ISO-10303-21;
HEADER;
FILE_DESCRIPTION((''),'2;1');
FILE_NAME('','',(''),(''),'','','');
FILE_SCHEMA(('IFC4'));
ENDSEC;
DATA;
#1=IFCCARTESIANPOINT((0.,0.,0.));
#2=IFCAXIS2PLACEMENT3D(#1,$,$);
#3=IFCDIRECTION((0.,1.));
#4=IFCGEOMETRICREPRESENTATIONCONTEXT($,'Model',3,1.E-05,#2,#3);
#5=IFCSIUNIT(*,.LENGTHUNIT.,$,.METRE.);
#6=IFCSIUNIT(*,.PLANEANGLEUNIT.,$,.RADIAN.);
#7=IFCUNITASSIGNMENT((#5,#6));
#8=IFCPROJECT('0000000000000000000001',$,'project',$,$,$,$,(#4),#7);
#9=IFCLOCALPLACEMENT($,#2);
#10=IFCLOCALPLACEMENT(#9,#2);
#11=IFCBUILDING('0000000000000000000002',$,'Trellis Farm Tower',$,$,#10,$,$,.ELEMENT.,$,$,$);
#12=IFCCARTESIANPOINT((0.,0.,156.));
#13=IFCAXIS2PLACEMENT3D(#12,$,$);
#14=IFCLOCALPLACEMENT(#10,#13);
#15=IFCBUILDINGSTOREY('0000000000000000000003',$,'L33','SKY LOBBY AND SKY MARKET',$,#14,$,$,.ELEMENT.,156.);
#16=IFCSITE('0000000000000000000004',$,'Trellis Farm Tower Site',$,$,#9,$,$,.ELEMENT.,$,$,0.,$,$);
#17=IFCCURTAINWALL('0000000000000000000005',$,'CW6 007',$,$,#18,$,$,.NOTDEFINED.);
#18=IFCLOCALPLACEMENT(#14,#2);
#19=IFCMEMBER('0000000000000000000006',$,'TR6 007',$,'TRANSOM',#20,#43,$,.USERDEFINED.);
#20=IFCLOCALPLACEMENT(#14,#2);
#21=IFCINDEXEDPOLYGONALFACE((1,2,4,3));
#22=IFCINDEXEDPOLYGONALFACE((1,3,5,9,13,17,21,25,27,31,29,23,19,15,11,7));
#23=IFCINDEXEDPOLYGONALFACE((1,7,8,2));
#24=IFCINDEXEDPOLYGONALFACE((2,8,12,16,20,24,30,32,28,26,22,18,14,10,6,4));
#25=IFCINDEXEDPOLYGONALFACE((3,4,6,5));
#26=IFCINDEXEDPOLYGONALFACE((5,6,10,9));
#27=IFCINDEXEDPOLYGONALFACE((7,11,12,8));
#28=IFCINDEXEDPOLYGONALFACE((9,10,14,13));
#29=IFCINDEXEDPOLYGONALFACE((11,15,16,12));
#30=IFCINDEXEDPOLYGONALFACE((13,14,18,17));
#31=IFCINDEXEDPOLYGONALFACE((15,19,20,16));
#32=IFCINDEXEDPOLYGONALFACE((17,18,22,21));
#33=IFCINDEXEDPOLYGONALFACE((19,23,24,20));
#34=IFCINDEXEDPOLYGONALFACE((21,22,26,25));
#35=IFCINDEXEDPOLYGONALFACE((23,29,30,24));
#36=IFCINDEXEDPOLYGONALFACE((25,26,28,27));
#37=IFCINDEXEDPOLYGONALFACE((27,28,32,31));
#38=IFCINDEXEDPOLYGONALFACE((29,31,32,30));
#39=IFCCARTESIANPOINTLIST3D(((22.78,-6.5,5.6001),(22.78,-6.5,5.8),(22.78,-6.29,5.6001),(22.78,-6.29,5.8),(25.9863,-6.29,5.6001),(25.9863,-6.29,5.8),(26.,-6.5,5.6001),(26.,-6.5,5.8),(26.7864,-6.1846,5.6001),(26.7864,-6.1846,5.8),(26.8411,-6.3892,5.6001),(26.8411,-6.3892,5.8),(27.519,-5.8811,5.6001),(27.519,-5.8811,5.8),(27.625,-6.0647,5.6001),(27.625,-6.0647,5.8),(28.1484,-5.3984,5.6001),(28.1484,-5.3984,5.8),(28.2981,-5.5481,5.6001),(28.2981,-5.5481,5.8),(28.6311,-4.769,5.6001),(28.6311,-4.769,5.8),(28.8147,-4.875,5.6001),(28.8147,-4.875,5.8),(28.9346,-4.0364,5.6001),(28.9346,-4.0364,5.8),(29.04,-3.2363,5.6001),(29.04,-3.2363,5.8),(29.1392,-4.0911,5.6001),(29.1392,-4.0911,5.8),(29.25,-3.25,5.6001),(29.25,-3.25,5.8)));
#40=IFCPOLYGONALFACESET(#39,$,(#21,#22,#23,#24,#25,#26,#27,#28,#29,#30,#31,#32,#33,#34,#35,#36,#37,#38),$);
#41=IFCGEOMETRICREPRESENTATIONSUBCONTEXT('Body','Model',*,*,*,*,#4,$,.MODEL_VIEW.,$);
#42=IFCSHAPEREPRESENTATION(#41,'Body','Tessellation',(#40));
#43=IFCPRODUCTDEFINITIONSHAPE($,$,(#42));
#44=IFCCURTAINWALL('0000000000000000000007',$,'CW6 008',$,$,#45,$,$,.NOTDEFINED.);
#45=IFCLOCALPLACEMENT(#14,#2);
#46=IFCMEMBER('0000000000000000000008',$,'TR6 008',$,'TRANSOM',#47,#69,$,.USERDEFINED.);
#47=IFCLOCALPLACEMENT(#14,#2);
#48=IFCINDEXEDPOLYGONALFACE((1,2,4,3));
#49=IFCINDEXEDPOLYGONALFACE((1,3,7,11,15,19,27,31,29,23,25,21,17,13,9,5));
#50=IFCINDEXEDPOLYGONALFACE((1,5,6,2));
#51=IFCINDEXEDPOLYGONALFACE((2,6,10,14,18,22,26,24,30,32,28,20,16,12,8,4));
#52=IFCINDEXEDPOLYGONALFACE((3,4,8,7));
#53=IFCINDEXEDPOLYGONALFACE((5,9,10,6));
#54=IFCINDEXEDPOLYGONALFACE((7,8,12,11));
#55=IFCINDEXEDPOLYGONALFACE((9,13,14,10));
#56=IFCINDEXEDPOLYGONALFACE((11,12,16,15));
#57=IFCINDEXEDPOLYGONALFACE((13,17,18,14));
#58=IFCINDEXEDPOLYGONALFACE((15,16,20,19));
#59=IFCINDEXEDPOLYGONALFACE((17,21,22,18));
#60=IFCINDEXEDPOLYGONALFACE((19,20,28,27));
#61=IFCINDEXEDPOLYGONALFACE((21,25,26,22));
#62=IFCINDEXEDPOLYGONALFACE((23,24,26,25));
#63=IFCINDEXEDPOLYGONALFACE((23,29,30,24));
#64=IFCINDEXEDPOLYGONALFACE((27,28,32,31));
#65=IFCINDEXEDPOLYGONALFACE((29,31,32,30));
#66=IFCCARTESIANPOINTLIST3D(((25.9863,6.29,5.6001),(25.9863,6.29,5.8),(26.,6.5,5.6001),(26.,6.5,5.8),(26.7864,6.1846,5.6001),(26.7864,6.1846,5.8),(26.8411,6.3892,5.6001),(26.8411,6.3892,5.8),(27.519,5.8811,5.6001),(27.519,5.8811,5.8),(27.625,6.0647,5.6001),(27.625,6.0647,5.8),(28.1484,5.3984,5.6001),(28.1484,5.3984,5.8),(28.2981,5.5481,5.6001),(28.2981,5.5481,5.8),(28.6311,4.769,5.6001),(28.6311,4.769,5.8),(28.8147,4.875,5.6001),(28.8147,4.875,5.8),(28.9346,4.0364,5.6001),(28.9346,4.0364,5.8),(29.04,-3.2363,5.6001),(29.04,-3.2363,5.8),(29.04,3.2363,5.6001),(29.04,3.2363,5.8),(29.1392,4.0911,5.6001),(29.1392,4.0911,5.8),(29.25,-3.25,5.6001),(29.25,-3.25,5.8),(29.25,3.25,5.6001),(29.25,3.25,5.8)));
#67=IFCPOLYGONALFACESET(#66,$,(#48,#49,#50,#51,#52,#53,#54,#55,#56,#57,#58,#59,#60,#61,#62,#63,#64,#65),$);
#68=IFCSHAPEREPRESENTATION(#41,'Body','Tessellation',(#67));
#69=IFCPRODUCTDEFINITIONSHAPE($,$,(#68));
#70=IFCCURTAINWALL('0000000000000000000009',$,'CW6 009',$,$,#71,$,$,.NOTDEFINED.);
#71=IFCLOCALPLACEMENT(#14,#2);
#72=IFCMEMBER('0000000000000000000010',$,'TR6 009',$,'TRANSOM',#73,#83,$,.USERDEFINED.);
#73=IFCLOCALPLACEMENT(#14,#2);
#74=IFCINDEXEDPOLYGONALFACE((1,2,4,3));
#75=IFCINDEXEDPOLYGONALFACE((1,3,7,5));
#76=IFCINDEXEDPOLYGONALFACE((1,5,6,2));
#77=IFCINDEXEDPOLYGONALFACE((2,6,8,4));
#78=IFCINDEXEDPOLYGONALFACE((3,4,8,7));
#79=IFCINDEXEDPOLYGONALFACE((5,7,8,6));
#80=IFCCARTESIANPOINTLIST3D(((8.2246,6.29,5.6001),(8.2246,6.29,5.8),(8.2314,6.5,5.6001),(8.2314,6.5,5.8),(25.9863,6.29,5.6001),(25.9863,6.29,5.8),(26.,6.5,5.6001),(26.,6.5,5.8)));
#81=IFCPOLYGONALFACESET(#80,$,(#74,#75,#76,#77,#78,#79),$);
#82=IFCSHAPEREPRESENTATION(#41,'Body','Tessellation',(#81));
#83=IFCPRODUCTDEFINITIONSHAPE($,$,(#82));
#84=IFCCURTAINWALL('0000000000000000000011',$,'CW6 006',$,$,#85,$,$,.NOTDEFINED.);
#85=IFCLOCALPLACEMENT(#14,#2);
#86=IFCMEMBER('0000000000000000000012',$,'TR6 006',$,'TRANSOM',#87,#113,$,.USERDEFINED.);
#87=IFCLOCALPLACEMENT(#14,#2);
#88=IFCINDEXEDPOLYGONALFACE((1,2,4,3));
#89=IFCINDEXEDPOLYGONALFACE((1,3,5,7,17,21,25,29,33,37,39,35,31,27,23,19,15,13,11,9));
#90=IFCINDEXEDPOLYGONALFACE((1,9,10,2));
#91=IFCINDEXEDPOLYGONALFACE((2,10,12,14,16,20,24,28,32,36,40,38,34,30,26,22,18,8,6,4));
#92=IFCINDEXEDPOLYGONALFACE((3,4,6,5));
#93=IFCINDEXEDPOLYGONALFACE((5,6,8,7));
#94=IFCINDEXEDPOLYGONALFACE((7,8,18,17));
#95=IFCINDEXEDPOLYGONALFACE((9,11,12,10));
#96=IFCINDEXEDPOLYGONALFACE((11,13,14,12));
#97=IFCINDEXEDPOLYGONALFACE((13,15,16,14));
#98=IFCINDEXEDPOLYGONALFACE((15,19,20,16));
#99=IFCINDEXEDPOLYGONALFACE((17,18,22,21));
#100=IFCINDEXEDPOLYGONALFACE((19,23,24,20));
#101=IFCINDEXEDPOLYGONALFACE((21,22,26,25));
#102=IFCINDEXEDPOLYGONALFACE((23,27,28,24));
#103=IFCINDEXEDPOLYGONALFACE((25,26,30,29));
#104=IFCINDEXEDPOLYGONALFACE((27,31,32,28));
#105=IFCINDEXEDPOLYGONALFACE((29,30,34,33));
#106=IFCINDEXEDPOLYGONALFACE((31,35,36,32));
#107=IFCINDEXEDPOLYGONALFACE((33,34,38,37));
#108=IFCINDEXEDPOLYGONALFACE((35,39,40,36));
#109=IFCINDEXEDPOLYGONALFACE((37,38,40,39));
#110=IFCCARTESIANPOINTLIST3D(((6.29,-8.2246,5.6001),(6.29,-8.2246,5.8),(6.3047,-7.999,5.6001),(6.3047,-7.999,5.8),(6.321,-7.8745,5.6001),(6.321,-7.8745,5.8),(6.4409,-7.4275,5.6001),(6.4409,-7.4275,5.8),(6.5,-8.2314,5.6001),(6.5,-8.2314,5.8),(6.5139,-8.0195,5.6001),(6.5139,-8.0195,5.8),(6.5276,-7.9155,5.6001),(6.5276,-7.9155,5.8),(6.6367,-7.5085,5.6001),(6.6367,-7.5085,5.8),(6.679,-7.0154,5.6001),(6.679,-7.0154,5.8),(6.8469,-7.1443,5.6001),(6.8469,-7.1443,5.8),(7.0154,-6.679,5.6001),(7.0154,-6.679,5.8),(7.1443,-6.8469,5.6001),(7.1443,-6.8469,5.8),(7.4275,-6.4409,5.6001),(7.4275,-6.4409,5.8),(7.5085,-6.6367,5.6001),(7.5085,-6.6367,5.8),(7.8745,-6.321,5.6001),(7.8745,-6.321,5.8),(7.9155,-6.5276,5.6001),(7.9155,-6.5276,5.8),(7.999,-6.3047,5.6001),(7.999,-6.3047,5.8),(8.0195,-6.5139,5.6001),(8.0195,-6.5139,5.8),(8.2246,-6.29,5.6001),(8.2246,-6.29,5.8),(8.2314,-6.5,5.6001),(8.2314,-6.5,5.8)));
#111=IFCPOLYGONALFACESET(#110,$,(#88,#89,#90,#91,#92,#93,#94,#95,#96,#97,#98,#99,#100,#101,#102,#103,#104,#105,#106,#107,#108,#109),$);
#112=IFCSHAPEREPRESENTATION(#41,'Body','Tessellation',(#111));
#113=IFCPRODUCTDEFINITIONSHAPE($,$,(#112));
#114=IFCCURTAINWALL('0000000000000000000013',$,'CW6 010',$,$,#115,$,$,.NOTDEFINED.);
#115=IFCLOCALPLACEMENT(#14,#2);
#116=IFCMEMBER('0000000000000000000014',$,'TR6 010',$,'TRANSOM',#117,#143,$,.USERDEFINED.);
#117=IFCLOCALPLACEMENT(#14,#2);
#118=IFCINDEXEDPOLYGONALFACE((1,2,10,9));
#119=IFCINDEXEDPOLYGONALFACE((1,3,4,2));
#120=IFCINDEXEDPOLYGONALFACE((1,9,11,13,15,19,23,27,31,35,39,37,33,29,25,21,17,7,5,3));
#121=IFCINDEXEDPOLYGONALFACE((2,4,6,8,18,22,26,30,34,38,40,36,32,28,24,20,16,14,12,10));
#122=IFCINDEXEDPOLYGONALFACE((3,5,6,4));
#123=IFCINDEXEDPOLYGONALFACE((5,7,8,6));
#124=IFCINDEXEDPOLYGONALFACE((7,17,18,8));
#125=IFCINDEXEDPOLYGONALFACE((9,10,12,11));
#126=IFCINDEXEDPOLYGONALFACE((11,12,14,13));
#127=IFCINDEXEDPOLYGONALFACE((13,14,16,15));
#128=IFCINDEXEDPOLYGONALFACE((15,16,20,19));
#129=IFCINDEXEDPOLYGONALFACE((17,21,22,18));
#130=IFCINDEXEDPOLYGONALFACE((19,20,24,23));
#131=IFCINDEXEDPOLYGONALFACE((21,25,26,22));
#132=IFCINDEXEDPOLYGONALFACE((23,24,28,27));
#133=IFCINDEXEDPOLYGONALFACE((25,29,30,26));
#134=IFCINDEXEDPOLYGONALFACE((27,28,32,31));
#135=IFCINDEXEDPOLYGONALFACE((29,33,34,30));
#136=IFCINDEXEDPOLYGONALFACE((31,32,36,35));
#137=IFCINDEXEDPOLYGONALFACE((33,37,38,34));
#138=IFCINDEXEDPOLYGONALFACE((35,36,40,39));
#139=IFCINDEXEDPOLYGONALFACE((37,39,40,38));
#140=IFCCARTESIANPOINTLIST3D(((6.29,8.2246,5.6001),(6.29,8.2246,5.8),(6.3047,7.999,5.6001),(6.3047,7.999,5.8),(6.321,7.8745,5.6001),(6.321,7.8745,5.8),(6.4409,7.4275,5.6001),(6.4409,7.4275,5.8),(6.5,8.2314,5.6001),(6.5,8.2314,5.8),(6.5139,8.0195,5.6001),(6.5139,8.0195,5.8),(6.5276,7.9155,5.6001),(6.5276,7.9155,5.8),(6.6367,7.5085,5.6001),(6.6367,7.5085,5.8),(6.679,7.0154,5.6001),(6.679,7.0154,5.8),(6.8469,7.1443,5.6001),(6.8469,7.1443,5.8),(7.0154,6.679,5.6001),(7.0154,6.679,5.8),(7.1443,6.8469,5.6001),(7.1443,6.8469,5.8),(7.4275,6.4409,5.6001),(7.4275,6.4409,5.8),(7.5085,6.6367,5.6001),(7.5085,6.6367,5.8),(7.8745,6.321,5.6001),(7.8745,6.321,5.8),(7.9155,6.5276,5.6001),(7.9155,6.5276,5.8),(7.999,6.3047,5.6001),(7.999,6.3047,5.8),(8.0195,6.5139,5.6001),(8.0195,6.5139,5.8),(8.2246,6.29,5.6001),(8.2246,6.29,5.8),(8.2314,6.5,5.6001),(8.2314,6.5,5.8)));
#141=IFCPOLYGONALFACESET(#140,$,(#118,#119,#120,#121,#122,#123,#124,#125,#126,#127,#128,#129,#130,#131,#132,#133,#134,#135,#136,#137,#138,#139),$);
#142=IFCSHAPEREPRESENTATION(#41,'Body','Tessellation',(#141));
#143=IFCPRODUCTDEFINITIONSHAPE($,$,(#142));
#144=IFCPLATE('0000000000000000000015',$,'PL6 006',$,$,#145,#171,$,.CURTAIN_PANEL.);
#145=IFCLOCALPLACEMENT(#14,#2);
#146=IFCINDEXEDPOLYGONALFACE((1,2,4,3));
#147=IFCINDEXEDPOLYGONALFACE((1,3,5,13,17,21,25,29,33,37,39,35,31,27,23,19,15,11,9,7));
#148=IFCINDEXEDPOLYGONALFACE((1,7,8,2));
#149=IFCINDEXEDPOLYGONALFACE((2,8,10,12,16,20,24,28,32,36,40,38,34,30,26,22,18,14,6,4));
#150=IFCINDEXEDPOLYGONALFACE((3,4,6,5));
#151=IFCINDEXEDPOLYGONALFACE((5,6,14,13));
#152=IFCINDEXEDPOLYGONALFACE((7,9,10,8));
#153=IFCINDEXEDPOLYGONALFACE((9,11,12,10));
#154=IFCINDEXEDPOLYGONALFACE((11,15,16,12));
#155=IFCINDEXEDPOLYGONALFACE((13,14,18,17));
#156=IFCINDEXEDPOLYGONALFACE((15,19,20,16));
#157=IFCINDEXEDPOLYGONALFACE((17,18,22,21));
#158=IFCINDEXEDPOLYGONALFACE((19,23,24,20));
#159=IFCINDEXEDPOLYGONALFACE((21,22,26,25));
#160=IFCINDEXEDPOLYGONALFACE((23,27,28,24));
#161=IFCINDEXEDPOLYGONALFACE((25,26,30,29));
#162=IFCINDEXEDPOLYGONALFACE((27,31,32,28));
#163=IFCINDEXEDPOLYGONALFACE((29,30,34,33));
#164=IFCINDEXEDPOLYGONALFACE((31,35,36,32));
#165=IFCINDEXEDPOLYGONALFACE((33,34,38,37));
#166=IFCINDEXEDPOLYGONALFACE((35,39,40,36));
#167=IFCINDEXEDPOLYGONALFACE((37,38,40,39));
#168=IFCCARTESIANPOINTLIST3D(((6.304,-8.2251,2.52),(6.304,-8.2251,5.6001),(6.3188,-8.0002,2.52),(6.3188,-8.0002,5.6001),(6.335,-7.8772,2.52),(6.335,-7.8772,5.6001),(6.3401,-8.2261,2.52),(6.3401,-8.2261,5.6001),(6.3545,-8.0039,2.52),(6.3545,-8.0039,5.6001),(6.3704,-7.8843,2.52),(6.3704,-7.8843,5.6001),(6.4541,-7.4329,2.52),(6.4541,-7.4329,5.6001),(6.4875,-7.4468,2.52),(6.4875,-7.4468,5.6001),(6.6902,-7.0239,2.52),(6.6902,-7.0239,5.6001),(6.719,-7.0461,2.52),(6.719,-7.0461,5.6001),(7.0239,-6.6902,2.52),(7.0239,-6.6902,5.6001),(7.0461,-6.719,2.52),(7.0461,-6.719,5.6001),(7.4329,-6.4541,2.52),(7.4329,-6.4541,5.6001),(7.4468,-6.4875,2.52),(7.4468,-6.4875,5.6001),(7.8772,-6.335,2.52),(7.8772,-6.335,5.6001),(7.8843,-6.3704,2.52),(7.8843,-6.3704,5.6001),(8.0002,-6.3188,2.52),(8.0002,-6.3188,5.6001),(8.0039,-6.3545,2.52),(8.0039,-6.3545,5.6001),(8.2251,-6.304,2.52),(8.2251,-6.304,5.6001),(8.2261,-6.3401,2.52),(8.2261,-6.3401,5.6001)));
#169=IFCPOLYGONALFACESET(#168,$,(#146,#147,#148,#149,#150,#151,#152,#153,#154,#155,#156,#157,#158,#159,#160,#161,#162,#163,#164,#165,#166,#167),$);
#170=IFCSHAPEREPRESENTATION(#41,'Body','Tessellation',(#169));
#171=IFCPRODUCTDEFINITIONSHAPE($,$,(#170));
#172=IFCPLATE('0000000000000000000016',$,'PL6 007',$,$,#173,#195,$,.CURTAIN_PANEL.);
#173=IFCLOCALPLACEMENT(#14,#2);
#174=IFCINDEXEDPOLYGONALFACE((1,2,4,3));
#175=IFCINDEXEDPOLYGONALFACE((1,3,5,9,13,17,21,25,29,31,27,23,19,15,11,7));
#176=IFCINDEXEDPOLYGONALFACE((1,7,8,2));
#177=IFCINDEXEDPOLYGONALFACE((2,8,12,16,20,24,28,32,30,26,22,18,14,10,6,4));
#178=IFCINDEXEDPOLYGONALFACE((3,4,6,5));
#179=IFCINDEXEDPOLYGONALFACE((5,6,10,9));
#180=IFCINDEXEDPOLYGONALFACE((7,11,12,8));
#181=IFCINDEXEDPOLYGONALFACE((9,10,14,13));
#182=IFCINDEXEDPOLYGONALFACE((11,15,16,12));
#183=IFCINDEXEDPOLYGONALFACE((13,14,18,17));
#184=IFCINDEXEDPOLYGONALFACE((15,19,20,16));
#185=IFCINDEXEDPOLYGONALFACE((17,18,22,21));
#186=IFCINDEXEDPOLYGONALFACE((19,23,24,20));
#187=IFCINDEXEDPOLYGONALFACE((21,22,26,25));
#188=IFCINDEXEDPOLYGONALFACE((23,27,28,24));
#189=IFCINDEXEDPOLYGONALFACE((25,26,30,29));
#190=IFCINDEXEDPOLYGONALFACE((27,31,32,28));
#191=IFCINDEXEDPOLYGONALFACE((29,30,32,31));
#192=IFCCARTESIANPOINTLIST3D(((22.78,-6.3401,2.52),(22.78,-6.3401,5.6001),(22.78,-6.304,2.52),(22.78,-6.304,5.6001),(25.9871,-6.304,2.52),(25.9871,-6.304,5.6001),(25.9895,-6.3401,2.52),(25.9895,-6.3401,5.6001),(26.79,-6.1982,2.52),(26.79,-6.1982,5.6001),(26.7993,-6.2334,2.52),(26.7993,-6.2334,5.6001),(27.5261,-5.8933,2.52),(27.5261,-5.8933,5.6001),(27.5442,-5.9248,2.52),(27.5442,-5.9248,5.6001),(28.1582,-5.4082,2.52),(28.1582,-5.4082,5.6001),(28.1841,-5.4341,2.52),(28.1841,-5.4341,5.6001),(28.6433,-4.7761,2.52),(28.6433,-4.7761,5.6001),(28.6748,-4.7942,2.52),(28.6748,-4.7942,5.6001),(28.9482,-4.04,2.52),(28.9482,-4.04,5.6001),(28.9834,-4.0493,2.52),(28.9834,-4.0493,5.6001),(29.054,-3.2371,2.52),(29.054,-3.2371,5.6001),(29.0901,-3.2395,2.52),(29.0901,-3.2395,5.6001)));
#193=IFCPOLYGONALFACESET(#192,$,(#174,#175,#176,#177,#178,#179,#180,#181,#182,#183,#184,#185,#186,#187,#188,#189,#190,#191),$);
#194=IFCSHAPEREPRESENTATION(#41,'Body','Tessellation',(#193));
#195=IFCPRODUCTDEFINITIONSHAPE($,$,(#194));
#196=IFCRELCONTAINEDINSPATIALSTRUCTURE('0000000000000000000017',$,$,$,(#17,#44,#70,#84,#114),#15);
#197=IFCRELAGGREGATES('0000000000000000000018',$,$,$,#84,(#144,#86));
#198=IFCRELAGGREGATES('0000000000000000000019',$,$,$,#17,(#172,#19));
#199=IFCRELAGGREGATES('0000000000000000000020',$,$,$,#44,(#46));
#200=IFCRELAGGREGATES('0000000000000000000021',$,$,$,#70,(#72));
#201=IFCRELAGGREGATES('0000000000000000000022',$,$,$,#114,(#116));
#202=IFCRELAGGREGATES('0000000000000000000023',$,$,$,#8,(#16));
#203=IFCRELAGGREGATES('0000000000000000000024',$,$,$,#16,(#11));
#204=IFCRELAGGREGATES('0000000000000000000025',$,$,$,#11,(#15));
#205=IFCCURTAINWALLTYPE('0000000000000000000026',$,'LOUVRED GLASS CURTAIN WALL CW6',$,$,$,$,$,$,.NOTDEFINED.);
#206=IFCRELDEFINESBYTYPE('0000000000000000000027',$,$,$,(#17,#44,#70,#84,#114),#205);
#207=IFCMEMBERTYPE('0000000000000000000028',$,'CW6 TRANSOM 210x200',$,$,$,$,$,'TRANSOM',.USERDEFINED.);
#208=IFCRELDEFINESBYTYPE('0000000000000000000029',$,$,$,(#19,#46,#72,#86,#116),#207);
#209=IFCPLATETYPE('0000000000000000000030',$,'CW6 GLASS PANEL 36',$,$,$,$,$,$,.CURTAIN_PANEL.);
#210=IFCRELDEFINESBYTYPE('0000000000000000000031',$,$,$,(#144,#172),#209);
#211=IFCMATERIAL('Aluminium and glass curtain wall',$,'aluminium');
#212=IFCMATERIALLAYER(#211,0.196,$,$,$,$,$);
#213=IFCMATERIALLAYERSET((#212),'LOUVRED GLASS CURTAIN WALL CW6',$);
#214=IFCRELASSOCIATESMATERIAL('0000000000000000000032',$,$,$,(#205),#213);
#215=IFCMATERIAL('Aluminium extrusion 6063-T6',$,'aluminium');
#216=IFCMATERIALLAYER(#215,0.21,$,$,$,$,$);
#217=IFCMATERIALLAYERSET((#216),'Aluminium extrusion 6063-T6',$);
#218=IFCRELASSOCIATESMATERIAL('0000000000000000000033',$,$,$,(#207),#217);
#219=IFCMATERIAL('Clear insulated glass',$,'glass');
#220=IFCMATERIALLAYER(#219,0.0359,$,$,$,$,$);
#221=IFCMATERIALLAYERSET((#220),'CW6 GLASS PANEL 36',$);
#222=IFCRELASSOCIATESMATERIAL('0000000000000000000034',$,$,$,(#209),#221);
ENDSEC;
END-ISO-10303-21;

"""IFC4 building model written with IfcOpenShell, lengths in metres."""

from ifc_helpers import new_model, si_unit, direction, frame, origin, place, context, subcontext, project, spatial, polyline, outline, extrude, source, transform, mapped, material, layer, layer_set, type_object, element, aggregate, save


model = new_model("IFC4")

# Units and contexts
model_context = context("Model", 3, precision=1e-05, world=origin(), true_north=direction((0.0, 1.0)))
body_context = subcontext(model_context, "Body", "Model", "MODEL_VIEW")
ifc_project = project(units=[si_unit("LENGTHUNIT", "METRE"), si_unit("PLANEANGLEUNIT", "RADIAN")], contexts=[model_context])

# Site, building, storey
site_placement = place(None, origin())
site = spatial("IfcSite", under=ifc_project, at=site_placement, Name="Trellis Farm Tower Site", CompositionType="ELEMENT", RefElevation=0.0)
building_placement = place(site_placement, origin())
building = spatial("IfcBuilding", under=site, at=building_placement, Name="Trellis Farm Tower", CompositionType="ELEMENT")
storey_placement = place(building_placement, frame((0.0, 0.0, 156.0)))
storey = spatial("IfcBuildingStorey", under=building, at=storey_placement, Name="L33", Description="SKY LOBBY AND SKY MARKET", CompositionType="ELEMENT", Elevation=156.0)

# Curtain walls, members
ifc_material_1 = material(Name="Aluminium and glass curtain wall", Category="aluminium")
ifc_layer_1 = layer(ifc_material_1, 0.196)
ifc_layer_set_1 = layer_set([ifc_layer_1], Name="LOUVRED GLASS CURTAIN WALL CW6")
curtain_wall_type = type_object("IfcCurtainWallType", Name="LOUVRED GLASS CURTAIN WALL CW6", PredefinedType="NOTDEFINED", material=ifc_layer_set_1)
placement_1 = place(storey_placement, origin())
curtain_wall_1 = element("IfcCurtainWall", 1, at=placement_1, inside=storey, type_object=curtain_wall_type, Name="CW6 007", PredefinedType="NOTDEFINED")
ifc_material_2 = material(Name="Aluminium extrusion 6063-T6", Category="aluminium")
ifc_layer_2 = layer(ifc_material_2, 0.21)
ifc_layer_set_2 = layer_set([ifc_layer_2], Name="Aluminium extrusion 6063-T6")
member_type = type_object("IfcMemberType", Name="CW6 TRANSOM 210x200", ElementType="TRANSOM", PredefinedType="USERDEFINED", material=ifc_layer_set_2)
placement_2 = place(storey_placement, frame((0.0, 0.0, 5.6001)))
member_1 = element("IfcMember", 2, at=placement_2, type_object=member_type, Name="TR6 007", ObjectType="TRANSOM", PredefinedType="USERDEFINED", context=body_context, shape_type="SweptSolid", body=[
    extrude(outline(polyline([(22.78, -6.5), (26.0, -6.5), (26.8411, -6.3892), (27.625, -6.0647), (28.2981, -5.5481), (28.8147, -4.875), (29.1392, -4.0911), (29.25, -3.25), (29.04, -3.2363), (28.9346, -4.0364), (28.6311, -4.769), (28.1484, -5.3984), (27.519, -5.8811), (26.7864, -6.1846), (25.9863, -6.29), (22.78, -6.29), (22.78, -6.5)])), origin(), (0.0, 0.0, 1.0), 0.2),
])
curtain_wall_2 = element("IfcCurtainWall", 3, at=placement_1, inside=storey, type_object=curtain_wall_type, Name="CW6 008", PredefinedType="NOTDEFINED")
member_2 = element("IfcMember", 4, at=placement_2, type_object=member_type, Name="TR6 008", ObjectType="TRANSOM", PredefinedType="USERDEFINED", context=body_context, shape_type="SweptSolid", body=[
    extrude(outline(polyline([(29.25, -3.25), (29.25, 3.25), (29.1392, 4.0911), (28.8147, 4.875), (28.2981, 5.5481), (27.625, 6.0647), (26.8411, 6.3892), (26.0, 6.5), (25.9863, 6.29), (26.7864, 6.1846), (27.519, 5.8811), (28.1484, 5.3984), (28.6311, 4.769), (28.9346, 4.0364), (29.04, 3.2363), (29.04, -3.2363), (29.25, -3.25)])), origin(), (0.0, 0.0, 1.0), 0.2),
])
curtain_wall_3 = element("IfcCurtainWall", 5, at=placement_1, inside=storey, type_object=curtain_wall_type, Name="CW6 009", PredefinedType="NOTDEFINED")
member_3 = element("IfcMember", 6, at=placement_2, type_object=member_type, Name="TR6 009", ObjectType="TRANSOM", PredefinedType="USERDEFINED", context=body_context, shape_type="SweptSolid", body=[
    extrude(outline(polyline([(26.0, 6.5), (8.2314, 6.5), (8.2246, 6.29), (25.9863, 6.29), (26.0, 6.5)])), origin(), (0.0, 0.0, 1.0), 0.2),
])
curtain_wall_4 = element("IfcCurtainWall", 7, at=placement_1, inside=storey, type_object=curtain_wall_type, Name="CW6 006", PredefinedType="NOTDEFINED")
shared_shape_1 = source(origin(), body_context, "Body", "SweptSolid", [
    extrude(outline(polyline([(6.5, -8.2314), (6.5139, -8.0195), (6.5276, -7.9155), (6.6367, -7.5085), (6.8469, -7.1443), (7.1443, -6.8469), (7.5085, -6.6367), (7.9155, -6.5276), (8.0195, -6.5139), (8.2314, -6.5), (8.2246, -6.29), (7.999, -6.3047), (7.8745, -6.321), (7.4275, -6.4409), (7.0154, -6.679), (6.679, -7.0154), (6.4409, -7.4275), (6.321, -7.8745), (6.3047, -7.999), (6.29, -8.2246), (6.5, -8.2314)])), origin(), (0.0, 0.0, 1.0), 0.2),
])
member_4 = element("IfcMember", 8, at=placement_2, type_object=member_type, Name="TR6 006", ObjectType="TRANSOM", PredefinedType="USERDEFINED", context=body_context, shape_type="MappedRepresentation", body=[
    mapped(shared_shape_1, transform((0.0, 0.0, 0.0))),
])
curtain_wall_5 = element("IfcCurtainWall", 9, at=placement_1, inside=storey, type_object=curtain_wall_type, Name="CW6 010", PredefinedType="NOTDEFINED")
shared_shape_2 = source(origin(), body_context, "Body", "SweptSolid", [
    extrude(outline(polyline([(8.2314, 6.5), (8.0195, 6.5139), (7.9155, 6.5276), (7.5085, 6.6367), (7.1443, 6.8469), (6.8469, 7.1443), (6.6367, 7.5085), (6.5276, 7.9155), (6.5139, 8.0195), (6.5, 8.2314), (6.29, 8.2246), (6.3047, 7.999), (6.321, 7.8745), (6.4409, 7.4275), (6.679, 7.0154), (7.0154, 6.679), (7.4275, 6.4409), (7.8745, 6.321), (7.999, 6.3047), (8.2246, 6.29), (8.2314, 6.5)])), origin(), (0.0, 0.0, 1.0), 0.2),
])
member_5 = element("IfcMember", 10, at=placement_2, type_object=member_type, Name="TR6 010", ObjectType="TRANSOM", PredefinedType="USERDEFINED", context=body_context, shape_type="MappedRepresentation", body=[
    mapped(shared_shape_2, transform((0.0, 0.0, 0.0))),
])

# Plates
ifc_material_3 = material(Name="Clear insulated glass", Category="glass")
ifc_layer_3 = layer(ifc_material_3, 0.0359)
ifc_layer_set_3 = layer_set([ifc_layer_3], Name="CW6 GLASS PANEL 36")
plate_type = type_object("IfcPlateType", Name="CW6 GLASS PANEL 36", PredefinedType="CURTAIN_PANEL", material=ifc_layer_set_3)
placement_3 = place(storey_placement, frame((0.0, 0.0, 2.52)))
plate_1 = element("IfcPlate", 11, at=placement_3, type_object=plate_type, Name="PL6 006", PredefinedType="CURTAIN_PANEL", context=body_context, shape_type="SweptSolid", body=[
    extrude(outline(polyline([(6.3401, -8.2261), (6.3545, -8.0039), (6.3704, -7.8843), (6.4875, -7.4468), (6.719, -7.0461), (7.0461, -6.719), (7.4468, -6.4875), (7.8843, -6.3704), (8.0039, -6.3545), (8.2261, -6.3401), (8.2251, -6.304), (8.0002, -6.3188), (7.8772, -6.335), (7.4329, -6.4541), (7.0239, -6.6902), (6.6902, -7.0239), (6.4541, -7.4329), (6.335, -7.8772), (6.3188, -8.0002), (6.304, -8.2251), (6.3401, -8.2261)])), origin(), (0.0, 0.0, 1.0), 3.0801),
])
plate_2 = element("IfcPlate", 12, at=placement_3, type_object=plate_type, Name="PL6 007", PredefinedType="CURTAIN_PANEL", context=body_context, shape_type="SweptSolid", body=[
    extrude(outline(polyline([(22.78, -6.3401), (25.9895, -6.3401), (26.7993, -6.2334), (27.5442, -5.9248), (28.1841, -5.4341), (28.6748, -4.7942), (28.9834, -4.0493), (29.0901, -3.2395), (29.054, -3.2371), (28.9482, -4.04), (28.6433, -4.7761), (28.1582, -5.4082), (27.5261, -5.8933), (26.79, -6.1982), (25.9871, -6.304), (22.78, -6.304), (22.78, -6.3401)])), origin(), (0.0, 0.0, 1.0), 3.0801),
])

aggregate(curtain_wall_4, [plate_1, member_4])
aggregate(curtain_wall_1, [plate_2, member_1])
aggregate(curtain_wall_2, [member_2])
aggregate(curtain_wall_3, [member_3])
aggregate(curtain_wall_5, [member_5])

save(model, "model.ifc")
